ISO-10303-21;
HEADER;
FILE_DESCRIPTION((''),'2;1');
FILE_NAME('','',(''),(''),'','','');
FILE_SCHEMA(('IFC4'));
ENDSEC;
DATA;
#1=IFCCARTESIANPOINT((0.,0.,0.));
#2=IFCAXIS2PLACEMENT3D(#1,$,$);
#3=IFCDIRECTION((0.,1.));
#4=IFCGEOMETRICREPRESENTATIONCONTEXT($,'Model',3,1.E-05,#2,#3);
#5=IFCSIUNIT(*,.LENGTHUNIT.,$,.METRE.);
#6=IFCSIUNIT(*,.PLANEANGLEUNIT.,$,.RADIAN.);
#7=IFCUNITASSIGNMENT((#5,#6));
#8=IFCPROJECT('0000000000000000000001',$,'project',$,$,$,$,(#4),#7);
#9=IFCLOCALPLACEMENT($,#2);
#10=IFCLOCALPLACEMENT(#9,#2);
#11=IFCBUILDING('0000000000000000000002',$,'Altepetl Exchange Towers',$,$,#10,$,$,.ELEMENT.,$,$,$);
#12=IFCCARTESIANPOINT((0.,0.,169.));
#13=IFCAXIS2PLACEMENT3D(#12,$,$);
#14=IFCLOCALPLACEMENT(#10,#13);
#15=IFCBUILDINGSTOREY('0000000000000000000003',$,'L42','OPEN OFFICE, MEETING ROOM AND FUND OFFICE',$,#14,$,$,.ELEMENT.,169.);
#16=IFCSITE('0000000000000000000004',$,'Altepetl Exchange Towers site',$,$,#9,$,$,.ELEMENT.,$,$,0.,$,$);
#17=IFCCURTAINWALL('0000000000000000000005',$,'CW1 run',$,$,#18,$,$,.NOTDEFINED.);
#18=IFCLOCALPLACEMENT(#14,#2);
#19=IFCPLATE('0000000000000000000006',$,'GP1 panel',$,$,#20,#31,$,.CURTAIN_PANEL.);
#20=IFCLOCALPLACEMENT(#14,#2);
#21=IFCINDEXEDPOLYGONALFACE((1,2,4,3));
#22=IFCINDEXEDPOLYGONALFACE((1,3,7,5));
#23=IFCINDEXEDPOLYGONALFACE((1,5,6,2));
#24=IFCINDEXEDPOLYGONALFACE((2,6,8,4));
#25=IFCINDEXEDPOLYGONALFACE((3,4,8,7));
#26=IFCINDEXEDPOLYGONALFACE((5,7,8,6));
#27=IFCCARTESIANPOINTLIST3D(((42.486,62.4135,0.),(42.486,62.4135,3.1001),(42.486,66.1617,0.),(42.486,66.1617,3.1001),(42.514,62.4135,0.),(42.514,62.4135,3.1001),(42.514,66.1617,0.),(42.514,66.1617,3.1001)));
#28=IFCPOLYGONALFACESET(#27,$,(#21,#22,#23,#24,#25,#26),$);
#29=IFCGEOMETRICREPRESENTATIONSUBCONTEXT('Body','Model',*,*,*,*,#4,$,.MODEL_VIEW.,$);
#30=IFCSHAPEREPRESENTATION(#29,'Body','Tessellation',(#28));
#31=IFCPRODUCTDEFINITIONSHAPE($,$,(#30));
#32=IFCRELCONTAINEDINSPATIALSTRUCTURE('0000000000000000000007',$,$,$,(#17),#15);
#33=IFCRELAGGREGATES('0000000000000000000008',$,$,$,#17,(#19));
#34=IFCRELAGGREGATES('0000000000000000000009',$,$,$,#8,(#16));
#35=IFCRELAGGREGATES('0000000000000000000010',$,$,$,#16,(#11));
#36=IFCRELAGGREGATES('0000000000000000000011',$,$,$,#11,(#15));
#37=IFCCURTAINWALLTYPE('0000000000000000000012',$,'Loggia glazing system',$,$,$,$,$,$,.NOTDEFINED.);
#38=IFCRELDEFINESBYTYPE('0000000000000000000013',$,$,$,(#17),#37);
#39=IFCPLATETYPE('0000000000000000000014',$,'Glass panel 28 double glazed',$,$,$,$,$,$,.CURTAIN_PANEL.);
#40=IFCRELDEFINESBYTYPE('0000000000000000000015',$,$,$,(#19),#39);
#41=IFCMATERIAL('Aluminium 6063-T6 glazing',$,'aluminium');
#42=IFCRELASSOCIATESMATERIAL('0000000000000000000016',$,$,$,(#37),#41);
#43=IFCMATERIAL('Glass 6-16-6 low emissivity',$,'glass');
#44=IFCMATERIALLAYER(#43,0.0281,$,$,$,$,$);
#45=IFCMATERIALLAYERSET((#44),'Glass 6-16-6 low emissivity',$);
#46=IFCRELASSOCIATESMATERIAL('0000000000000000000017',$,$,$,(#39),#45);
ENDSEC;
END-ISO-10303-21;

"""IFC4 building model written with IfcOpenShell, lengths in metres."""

from ifc_helpers import new_model, si_unit, direction, frame, origin, origin_2d, place, context, subcontext, project, spatial, rectangle, extrude, material, layer, layer_set, type_object, element, aggregate, save


model = new_model("IFC4")

# Units and contexts
model_context = context("Model", 3, precision=1e-05, world=origin(), true_north=direction((0.0, 1.0)))
body_context = subcontext(model_context, "Body", "Model", "MODEL_VIEW")
ifc_project = project(units=[si_unit("LENGTHUNIT", "METRE"), si_unit("PLANEANGLEUNIT", "RADIAN")], contexts=[model_context])

# Site, building, storey
site_placement = place(None, origin())
site = spatial("IfcSite", under=ifc_project, at=site_placement, Name="Altepetl Exchange Towers site", CompositionType="ELEMENT", RefElevation=0.0)
building_placement = place(site_placement, origin())
building = spatial("IfcBuilding", under=site, at=building_placement, Name="Altepetl Exchange Towers", CompositionType="ELEMENT")
storey_placement = place(building_placement, frame((0.0, 0.0, 169.0)))
storey = spatial("IfcBuildingStorey", under=building, at=storey_placement, Name="L42", Description="OPEN OFFICE, MEETING ROOM AND FUND OFFICE", CompositionType="ELEMENT", Elevation=169.0)

# Curtain wall
ifc_material_1 = material(Name="Aluminium 6063-T6 glazing", Category="aluminium")
curtain_wall_type = type_object("IfcCurtainWallType", Name="Loggia glazing system", PredefinedType="NOTDEFINED", material=ifc_material_1)
curtain_wall_1_placement = place(storey_placement, origin())
curtain_wall_1 = element("IfcCurtainWall", 1, at=curtain_wall_1_placement, inside=storey, type_object=curtain_wall_type, Name="CW1 run", PredefinedType="NOTDEFINED")

# Plate
ifc_material_2 = material(Name="Glass 6-16-6 low emissivity", Category="glass")
ifc_layer = layer(ifc_material_2, 0.0281)
ifc_layer_set = layer_set([ifc_layer], Name="Glass 6-16-6 low emissivity")
plate_type = type_object("IfcPlateType", Name="Glass panel 28 double glazed", PredefinedType="CURTAIN_PANEL", material=ifc_layer_set)
plate_1_placement = place(storey_placement, frame((42.5, 64.2876, 0.0), z_axis=(0.0, 0.0, 1.0), x_axis=(0.0, -1.0, 0.0)))
plate_1 = element("IfcPlate", 2, at=plate_1_placement, type_object=plate_type, Name="GP1 panel", PredefinedType="CURTAIN_PANEL", context=body_context, shape_type="SweptSolid", body=[
    extrude(rectangle(XDim=3.7483, YDim=0.0281, at=origin_2d()), origin(), (0.0, 0.0, 1.0), 3.1001),
])
aggregate(curtain_wall_1, [plate_1])

save(model, "model.ifc")
